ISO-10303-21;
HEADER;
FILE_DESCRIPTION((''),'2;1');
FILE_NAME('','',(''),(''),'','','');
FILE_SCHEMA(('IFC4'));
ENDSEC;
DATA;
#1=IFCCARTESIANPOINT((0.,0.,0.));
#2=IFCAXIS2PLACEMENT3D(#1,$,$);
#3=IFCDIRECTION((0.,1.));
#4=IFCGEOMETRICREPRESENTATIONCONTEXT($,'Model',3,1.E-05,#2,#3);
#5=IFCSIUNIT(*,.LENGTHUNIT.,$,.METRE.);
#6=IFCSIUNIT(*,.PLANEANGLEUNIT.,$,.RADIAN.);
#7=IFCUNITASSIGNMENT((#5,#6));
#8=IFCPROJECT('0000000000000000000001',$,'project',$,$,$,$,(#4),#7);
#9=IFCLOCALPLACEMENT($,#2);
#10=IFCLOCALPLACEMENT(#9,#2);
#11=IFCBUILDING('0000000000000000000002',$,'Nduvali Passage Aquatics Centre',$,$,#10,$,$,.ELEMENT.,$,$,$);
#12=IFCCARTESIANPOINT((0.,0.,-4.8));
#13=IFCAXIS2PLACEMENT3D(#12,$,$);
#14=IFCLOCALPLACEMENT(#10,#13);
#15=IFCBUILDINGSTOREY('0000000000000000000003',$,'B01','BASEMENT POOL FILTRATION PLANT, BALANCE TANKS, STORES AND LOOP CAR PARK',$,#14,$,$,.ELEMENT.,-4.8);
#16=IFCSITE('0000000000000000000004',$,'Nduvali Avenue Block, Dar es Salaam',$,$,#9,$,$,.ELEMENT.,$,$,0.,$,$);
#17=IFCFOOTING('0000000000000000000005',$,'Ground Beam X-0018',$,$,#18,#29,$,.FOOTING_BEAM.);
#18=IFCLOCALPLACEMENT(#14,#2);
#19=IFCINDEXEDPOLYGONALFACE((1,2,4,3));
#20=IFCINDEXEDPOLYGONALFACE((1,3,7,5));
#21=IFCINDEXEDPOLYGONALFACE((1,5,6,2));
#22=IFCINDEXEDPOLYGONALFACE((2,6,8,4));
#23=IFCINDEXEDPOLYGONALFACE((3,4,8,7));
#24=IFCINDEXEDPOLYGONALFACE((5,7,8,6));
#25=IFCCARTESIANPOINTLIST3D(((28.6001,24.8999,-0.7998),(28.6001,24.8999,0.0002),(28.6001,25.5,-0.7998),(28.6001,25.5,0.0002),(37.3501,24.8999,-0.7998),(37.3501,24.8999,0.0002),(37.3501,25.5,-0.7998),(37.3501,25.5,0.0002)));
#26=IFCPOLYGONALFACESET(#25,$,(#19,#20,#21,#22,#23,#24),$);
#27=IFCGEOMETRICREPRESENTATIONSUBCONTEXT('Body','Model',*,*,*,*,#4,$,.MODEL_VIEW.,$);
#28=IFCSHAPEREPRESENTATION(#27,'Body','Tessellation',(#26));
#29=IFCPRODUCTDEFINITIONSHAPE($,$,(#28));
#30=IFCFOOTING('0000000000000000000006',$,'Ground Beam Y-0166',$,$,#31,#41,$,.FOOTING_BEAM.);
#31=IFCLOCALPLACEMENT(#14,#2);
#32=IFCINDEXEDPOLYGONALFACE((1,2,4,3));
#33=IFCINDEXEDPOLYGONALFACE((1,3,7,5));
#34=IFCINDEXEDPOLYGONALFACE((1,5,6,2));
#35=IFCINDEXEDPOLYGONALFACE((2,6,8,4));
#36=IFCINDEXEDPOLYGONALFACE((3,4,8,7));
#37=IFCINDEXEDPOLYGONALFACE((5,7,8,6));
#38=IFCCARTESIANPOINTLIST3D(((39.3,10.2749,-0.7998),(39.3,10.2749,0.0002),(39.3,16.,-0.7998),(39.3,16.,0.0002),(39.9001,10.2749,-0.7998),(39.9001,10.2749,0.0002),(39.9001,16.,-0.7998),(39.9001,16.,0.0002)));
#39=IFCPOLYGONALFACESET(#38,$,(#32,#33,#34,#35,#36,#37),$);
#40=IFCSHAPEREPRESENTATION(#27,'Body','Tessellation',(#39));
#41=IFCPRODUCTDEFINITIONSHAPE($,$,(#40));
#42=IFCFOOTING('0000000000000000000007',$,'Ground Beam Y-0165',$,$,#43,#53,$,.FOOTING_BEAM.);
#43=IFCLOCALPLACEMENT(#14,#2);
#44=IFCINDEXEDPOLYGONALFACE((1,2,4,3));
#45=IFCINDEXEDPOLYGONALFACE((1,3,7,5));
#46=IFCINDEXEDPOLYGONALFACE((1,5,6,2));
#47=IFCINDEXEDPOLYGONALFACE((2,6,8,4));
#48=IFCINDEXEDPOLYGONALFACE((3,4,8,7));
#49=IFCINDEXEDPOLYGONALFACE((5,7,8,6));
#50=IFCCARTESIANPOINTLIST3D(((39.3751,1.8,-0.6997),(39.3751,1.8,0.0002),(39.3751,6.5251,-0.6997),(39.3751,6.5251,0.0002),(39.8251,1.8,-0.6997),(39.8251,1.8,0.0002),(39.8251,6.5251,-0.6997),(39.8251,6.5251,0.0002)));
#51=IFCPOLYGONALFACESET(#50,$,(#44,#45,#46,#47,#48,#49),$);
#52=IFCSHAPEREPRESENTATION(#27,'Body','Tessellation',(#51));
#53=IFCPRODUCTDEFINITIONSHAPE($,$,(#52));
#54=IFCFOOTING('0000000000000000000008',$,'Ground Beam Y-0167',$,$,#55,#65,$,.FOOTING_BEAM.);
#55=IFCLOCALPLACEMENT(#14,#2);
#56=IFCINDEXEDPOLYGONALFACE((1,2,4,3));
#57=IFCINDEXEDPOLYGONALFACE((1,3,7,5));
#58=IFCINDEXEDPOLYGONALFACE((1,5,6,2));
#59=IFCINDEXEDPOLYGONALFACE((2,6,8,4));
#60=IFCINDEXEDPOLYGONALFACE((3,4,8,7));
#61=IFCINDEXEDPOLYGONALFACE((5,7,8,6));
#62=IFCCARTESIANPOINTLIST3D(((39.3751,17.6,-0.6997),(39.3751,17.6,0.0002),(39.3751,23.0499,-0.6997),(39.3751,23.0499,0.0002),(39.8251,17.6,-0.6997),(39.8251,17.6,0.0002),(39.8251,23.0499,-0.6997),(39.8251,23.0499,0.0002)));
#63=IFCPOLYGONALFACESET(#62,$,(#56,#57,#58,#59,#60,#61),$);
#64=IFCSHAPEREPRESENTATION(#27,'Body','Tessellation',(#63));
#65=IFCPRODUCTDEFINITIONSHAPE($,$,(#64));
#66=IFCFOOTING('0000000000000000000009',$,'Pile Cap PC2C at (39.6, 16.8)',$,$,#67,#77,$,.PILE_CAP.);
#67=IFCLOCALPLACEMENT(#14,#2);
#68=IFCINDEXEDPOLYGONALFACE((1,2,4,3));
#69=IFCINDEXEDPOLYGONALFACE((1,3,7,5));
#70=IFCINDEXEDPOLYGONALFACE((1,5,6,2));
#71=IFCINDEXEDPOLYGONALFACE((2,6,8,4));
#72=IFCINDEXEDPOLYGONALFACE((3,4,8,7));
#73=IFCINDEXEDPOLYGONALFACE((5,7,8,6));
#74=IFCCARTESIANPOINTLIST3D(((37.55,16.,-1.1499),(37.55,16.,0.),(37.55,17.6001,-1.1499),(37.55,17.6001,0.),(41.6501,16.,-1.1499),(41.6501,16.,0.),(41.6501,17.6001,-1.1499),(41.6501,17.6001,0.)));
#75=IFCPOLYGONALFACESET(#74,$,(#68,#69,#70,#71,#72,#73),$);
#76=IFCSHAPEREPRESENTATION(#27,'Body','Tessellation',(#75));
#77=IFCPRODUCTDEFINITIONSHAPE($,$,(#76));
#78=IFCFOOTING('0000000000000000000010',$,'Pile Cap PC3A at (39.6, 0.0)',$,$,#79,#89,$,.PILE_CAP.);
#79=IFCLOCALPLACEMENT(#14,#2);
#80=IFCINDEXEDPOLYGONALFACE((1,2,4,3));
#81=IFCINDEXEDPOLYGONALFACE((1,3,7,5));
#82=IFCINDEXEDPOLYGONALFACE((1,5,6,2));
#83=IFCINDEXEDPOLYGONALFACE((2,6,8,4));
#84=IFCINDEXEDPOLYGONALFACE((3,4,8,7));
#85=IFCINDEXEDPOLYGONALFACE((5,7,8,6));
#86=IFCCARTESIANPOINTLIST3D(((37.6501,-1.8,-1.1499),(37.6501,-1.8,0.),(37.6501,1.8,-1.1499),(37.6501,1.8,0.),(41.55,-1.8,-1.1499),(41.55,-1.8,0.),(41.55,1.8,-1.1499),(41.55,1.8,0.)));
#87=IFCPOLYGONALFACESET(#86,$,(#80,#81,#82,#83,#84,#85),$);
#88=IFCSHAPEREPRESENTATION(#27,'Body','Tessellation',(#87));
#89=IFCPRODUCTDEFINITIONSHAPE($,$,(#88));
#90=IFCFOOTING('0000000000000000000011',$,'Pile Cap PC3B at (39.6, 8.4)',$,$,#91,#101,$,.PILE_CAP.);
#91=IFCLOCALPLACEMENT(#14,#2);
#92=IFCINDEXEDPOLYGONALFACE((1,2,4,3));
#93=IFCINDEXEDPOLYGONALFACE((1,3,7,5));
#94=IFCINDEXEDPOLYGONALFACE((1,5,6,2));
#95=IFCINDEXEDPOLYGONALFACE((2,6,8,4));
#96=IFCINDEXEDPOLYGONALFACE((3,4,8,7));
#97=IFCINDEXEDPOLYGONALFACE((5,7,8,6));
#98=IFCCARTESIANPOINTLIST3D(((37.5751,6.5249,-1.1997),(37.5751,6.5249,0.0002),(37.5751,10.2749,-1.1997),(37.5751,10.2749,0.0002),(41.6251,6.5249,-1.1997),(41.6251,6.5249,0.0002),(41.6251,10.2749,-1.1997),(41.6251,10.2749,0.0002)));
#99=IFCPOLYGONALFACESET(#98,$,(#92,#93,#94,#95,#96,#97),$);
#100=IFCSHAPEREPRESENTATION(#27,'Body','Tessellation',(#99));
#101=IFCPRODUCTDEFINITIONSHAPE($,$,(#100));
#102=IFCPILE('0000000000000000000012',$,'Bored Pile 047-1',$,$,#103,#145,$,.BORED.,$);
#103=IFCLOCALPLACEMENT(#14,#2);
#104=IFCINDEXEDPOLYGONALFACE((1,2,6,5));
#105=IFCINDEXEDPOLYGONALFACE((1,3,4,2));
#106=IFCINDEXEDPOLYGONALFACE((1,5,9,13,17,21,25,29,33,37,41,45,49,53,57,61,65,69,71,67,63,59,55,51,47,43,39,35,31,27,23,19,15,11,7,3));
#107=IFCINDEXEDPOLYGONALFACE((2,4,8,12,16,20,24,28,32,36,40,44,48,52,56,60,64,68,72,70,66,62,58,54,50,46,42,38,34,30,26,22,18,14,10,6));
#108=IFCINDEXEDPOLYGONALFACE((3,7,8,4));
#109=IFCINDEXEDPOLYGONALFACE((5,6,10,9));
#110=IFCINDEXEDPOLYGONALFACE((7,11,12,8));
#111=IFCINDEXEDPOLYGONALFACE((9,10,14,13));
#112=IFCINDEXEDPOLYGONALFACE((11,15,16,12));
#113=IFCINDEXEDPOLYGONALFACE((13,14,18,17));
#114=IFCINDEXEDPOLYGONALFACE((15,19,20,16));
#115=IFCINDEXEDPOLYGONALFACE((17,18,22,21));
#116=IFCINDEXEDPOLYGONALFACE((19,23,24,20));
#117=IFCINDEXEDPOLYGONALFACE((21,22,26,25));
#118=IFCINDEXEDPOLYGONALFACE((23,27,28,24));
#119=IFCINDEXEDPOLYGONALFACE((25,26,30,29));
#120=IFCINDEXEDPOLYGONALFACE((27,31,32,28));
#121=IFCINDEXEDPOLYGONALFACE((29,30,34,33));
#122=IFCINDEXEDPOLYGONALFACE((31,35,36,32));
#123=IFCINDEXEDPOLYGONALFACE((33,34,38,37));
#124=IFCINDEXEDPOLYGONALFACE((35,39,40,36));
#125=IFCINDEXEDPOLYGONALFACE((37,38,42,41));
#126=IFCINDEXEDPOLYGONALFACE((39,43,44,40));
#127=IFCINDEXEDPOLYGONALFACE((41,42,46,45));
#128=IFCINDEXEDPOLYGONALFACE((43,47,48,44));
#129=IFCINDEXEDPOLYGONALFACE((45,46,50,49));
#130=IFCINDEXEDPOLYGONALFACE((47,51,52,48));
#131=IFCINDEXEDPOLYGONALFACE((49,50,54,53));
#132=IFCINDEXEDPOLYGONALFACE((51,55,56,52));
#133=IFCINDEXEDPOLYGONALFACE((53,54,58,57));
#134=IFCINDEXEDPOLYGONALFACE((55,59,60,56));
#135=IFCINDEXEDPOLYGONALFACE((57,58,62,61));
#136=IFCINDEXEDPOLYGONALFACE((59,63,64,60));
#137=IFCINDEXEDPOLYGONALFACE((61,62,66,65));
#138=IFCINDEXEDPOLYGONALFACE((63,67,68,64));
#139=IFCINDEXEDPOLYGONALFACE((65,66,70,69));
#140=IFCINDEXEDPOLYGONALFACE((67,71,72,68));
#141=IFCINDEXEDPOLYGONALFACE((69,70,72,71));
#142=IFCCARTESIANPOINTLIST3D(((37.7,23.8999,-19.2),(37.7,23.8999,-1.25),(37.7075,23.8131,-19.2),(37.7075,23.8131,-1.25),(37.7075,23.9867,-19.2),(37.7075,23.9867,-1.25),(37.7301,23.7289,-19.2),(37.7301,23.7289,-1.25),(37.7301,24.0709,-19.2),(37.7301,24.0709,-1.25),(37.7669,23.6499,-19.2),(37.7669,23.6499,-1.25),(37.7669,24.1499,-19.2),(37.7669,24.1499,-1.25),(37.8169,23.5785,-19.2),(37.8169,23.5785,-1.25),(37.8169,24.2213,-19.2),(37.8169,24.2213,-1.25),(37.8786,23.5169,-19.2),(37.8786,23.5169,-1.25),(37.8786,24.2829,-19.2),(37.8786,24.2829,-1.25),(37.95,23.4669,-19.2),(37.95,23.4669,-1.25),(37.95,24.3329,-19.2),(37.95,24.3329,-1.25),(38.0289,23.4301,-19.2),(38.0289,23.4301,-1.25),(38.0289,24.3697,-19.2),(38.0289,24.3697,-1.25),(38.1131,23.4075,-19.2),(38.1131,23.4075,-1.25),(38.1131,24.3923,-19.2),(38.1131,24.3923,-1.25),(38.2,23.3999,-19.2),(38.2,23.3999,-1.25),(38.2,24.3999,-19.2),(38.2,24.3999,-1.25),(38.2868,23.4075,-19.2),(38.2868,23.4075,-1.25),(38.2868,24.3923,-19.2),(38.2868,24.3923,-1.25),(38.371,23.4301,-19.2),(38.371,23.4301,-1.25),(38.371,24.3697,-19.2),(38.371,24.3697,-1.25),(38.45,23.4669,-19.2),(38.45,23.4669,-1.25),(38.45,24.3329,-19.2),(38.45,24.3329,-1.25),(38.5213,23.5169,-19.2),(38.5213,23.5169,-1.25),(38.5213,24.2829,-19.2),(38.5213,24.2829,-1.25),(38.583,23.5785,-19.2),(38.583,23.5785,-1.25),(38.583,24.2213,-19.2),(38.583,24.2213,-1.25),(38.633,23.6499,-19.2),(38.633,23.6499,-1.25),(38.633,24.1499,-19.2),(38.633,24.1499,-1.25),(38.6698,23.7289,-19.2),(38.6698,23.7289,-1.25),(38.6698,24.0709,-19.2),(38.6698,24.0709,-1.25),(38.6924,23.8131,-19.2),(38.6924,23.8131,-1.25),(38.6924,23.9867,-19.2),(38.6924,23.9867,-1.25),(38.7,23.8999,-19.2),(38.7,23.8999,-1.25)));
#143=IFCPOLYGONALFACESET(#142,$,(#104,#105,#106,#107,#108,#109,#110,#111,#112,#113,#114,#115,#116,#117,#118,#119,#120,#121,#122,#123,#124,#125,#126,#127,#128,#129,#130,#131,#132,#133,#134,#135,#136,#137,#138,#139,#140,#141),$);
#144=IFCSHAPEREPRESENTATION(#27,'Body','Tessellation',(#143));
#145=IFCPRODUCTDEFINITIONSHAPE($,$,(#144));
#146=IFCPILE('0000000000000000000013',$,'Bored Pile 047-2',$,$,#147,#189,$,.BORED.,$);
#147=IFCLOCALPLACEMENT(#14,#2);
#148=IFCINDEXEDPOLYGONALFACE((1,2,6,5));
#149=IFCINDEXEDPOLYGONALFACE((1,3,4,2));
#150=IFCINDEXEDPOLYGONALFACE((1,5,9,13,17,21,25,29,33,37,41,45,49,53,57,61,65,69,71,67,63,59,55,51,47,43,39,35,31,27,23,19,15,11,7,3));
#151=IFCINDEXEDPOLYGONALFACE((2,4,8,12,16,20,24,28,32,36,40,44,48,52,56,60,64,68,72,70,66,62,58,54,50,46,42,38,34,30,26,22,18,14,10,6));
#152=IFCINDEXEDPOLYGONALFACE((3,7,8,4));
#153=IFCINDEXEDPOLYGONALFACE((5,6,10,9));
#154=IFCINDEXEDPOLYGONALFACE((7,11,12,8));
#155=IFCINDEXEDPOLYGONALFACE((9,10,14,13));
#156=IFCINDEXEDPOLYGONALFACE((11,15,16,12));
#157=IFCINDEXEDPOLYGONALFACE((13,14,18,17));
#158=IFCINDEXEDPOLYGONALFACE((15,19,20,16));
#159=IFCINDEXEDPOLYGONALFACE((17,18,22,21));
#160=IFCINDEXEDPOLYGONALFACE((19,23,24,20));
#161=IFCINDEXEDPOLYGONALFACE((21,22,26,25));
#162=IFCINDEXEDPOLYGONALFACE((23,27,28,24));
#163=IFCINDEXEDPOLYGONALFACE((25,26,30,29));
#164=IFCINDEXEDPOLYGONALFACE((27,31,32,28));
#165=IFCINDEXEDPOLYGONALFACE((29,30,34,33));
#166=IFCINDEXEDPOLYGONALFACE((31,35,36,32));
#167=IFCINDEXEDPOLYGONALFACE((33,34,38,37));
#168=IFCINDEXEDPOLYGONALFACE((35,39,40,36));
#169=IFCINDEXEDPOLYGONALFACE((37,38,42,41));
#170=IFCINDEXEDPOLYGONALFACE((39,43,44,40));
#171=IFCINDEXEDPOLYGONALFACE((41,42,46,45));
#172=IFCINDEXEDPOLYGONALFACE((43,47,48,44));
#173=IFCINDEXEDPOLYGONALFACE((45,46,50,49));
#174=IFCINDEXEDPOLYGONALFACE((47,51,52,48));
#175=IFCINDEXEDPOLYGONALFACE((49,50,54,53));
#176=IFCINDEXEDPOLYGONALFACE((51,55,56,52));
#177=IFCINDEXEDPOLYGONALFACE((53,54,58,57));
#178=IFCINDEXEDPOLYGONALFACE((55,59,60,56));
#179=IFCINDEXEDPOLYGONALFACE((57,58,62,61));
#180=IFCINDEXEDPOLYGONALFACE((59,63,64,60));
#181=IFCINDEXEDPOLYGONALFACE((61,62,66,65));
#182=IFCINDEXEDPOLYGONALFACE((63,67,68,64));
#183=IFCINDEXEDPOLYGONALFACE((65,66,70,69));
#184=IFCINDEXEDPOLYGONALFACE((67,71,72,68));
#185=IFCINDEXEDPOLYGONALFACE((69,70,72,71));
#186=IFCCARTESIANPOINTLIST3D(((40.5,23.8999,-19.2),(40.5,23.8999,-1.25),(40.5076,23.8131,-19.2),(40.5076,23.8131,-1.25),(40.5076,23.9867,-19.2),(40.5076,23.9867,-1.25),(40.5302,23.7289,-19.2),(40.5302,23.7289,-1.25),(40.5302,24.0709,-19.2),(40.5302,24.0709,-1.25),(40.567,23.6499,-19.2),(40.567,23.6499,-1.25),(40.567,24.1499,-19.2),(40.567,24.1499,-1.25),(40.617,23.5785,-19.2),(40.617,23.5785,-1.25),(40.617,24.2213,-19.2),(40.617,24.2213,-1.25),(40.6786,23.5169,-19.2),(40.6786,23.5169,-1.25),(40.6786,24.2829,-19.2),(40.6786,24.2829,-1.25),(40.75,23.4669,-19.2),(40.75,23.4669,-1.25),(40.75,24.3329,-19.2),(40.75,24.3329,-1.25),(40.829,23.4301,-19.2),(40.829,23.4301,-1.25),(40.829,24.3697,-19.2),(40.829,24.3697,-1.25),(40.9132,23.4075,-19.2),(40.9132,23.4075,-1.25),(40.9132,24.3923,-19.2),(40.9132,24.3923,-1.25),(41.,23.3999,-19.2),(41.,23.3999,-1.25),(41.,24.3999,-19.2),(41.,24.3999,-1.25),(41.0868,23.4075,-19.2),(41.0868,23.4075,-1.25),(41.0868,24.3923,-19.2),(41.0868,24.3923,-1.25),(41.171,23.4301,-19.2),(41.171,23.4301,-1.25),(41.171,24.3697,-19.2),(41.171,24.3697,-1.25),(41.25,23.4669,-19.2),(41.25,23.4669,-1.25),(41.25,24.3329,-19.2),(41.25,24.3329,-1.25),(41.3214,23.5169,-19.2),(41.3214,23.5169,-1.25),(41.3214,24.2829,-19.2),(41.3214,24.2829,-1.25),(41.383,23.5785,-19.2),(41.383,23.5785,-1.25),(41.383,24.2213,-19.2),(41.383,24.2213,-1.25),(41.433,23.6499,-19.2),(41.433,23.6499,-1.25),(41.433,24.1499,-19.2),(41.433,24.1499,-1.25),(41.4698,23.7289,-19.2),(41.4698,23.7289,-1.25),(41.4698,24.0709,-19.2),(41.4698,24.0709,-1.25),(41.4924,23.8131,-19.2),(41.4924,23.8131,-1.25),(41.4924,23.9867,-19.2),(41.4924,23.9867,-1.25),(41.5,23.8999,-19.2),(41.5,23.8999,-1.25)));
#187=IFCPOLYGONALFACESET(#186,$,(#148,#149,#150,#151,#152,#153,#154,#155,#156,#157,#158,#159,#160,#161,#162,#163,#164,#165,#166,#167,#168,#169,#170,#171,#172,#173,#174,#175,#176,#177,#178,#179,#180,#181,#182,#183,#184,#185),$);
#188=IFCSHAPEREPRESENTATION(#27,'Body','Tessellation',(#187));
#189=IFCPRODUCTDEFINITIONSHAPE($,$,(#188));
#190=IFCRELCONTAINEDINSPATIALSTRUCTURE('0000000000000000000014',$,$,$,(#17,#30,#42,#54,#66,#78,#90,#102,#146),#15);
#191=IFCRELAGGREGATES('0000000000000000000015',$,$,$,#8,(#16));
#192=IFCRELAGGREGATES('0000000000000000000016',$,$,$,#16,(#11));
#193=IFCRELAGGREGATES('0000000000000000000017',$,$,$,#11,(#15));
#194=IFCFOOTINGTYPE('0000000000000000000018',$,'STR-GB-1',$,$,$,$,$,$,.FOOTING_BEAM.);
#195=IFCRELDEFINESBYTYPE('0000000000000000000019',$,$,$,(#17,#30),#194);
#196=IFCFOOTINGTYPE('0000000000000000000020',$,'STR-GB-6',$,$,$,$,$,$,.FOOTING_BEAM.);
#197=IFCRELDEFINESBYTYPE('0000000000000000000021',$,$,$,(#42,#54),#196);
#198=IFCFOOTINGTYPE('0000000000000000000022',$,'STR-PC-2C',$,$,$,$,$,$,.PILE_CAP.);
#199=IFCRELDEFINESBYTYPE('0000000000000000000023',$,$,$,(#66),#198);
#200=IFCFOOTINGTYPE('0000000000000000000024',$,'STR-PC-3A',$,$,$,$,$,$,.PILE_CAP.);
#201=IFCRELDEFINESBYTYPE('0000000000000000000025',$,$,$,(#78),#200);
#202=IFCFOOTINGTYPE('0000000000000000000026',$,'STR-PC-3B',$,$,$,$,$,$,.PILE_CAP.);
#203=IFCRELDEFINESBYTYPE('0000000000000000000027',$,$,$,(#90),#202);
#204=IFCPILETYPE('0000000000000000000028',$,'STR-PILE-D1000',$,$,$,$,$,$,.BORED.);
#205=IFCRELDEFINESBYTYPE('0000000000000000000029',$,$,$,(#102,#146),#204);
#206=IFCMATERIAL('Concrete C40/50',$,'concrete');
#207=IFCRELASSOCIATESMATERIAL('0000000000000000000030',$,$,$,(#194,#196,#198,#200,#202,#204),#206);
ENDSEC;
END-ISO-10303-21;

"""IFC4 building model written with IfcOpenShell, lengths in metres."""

from ifc_helpers import new_model, si_unit, direction, frame, origin, origin_2d, place, context, subcontext, project, spatial, rectangle, circle, extrude, material, material_profile, profile_set, type_object, element, save


model = new_model("IFC4")

# Units and contexts
model_context = context("Model", 3, precision=1e-05, world=origin(), true_north=direction((0.0, 1.0)))
body_context = subcontext(model_context, "Body", "Model", "MODEL_VIEW")
ifc_project = project(units=[si_unit("LENGTHUNIT", "METRE"), si_unit("PLANEANGLEUNIT", "RADIAN")], contexts=[model_context])

# Site, building, storey
site_placement = place(None, origin())
site = spatial("IfcSite", under=ifc_project, at=site_placement, Name="Nduvali Avenue Block, Dar es Salaam", CompositionType="ELEMENT", RefElevation=0.0)
building_placement = place(site_placement, origin())
building = spatial("IfcBuilding", under=site, at=building_placement, Name="Nduvali Passage Aquatics Centre", CompositionType="ELEMENT")
storey_placement = place(building_placement, frame((0.0, 0.0, -4.8)))
storey = spatial("IfcBuildingStorey", under=building, at=storey_placement, Name="B01", Description="BASEMENT POOL FILTRATION PLANT, BALANCE TANKS, STORES AND LOOP CAR PARK", CompositionType="ELEMENT", Elevation=-4.8)

# Footings
ifc_material = material(Name="Concrete C40/50", Category="concrete")
footing_type_1 = type_object("IfcFootingType", Name="STR-GB-1", PredefinedType="FOOTING_BEAM", material=ifc_material)
footing_1_placement = place(storey_placement, frame((32.9751, 25.2, -0.7998), z_axis=(0.0, 0.0, 1.0), x_axis=(1.0, 0.0, 0.0)))
element("IfcFooting", 1, at=footing_1_placement, inside=storey, type_object=footing_type_1, Name="Ground Beam X-0018", PredefinedType="FOOTING_BEAM", context=body_context, shape_type="SweptSolid", body=[
    extrude(rectangle(XDim=8.75, YDim=0.6001, at=origin_2d()), origin(), (0.0, 0.0, 1.0), 0.8),
])
footing_2_placement = place(storey_placement, frame((39.6001, 13.1375, -0.7998), z_axis=(0.0, 0.0, 1.0), x_axis=(0.0, 1.0, 0.0)))
element("IfcFooting", 2, at=footing_2_placement, inside=storey, type_object=footing_type_1, Name="Ground Beam Y-0166", PredefinedType="FOOTING_BEAM", context=body_context, shape_type="SweptSolid", body=[
    extrude(rectangle(XDim=5.7251, YDim=0.6001, at=origin_2d()), origin(), (0.0, 0.0, 1.0), 0.8),
])
footing_type_2 = type_object("IfcFootingType", Name="STR-GB-6", PredefinedType="FOOTING_BEAM", material=ifc_material)
footing_3_placement = place(storey_placement, frame((39.6001, 4.1626, -0.6997), z_axis=(0.0, 0.0, 1.0), x_axis=(0.0, 1.0, 0.0)))
element("IfcFooting", 3, at=footing_3_placement, inside=storey, type_object=footing_type_2, Name="Ground Beam Y-0165", PredefinedType="FOOTING_BEAM", context=body_context, shape_type="SweptSolid", body=[
    extrude(rectangle(XDim=4.7251, YDim=0.45, at=origin_2d()), origin(), (0.0, 0.0, 1.0), 0.7),
])
footing_4_placement = place(storey_placement, frame((39.6001, 20.325, -0.6997), z_axis=(0.0, 0.0, 1.0), x_axis=(0.0, 1.0, 0.0)))
element("IfcFooting", 4, at=footing_4_placement, inside=storey, type_object=footing_type_2, Name="Ground Beam Y-0167", PredefinedType="FOOTING_BEAM", context=body_context, shape_type="SweptSolid", body=[
    extrude(rectangle(XDim=5.45, YDim=0.45, at=origin_2d()), origin(), (0.0, 0.0, 1.0), 0.7),
])
footing_type_3 = type_object("IfcFootingType", Name="STR-PC-2C", PredefinedType="PILE_CAP", material=ifc_material)
footing_5_placement = place(storey_placement, frame((39.6001, 16.8, -1.1499), z_axis=(0.0, 0.0, 1.0), x_axis=(1.0, 0.0, 0.0)))
element("IfcFooting", 5, at=footing_5_placement, inside=storey, type_object=footing_type_3, Name="Pile Cap PC2C at (39.6, 16.8)", PredefinedType="PILE_CAP", context=body_context, shape_type="SweptSolid", body=[
    extrude(rectangle(XDim=4.1001, YDim=1.6001, at=origin_2d()), origin(), (0.0, 0.0, 1.0), 1.1499),
])
footing_type_4 = type_object("IfcFootingType", Name="STR-PC-3A", PredefinedType="PILE_CAP", material=ifc_material)
footing_6_placement = place(storey_placement, frame((39.6001, 0.0, -1.1499), z_axis=(0.0, 0.0, 1.0), x_axis=(1.0, 0.0, 0.0)))
element("IfcFooting", 6, at=footing_6_placement, inside=storey, type_object=footing_type_4, Name="Pile Cap PC3A at (39.6, 0.0)", PredefinedType="PILE_CAP", context=body_context, shape_type="SweptSolid", body=[
    extrude(rectangle(XDim=3.8999, YDim=3.6001, at=origin_2d()), origin(), (0.0, 0.0, 1.0), 1.1499),
])
footing_type_5 = type_object("IfcFootingType", Name="STR-PC-3B", PredefinedType="PILE_CAP", material=ifc_material)
footing_7_placement = place(storey_placement, frame((39.6001, 8.3999, -1.1997), z_axis=(0.0, 0.0, 1.0), x_axis=(1.0, 0.0, 0.0)))
element("IfcFooting", 7, at=footing_7_placement, inside=storey, type_object=footing_type_5, Name="Pile Cap PC3B at (39.6, 8.4)", PredefinedType="PILE_CAP", context=body_context, shape_type="SweptSolid", body=[
    extrude(rectangle(XDim=4.05, YDim=3.75, at=origin_2d()), origin(), (0.0, 0.0, 1.0), 1.2),
])

# Piles
ifc_material_profile_1 = material_profile(ifc_material, circle(Radius=0.5, at=origin_2d()), Name="PILE D1000")
ifc_profile_set_1 = profile_set([ifc_material_profile_1], Name="Concrete C40/50")
pile_type_1 = type_object("IfcPileType", Name="STR-PILE-D1000", PredefinedType="BORED", material=ifc_profile_set_1)
for number, where, z_axis, x_axis, name in (
    (8, (38.2, 23.8999, -1.25), (0.0, 0.0, -1.0), (1.0, 0.0, 0.0), "Bored Pile 047-1"),
    (9, (41.0, 23.8999, -1.25), (0.0, 0.0, -1.0), (1.0, 0.0, 0.0), "Bored Pile 047-2"),
):
    element("IfcPile", number, at=place(storey_placement, frame(where, z_axis=z_axis, x_axis=x_axis)), inside=storey, type_object=pile_type_1, Name=name, PredefinedType="BORED", context=body_context, shape_type="SweptSolid", body=[
        extrude(circle(Radius=0.5, at=origin_2d()), origin(), (0.0, 0.0, 1.0), 17.95),
    ])

save(model, "model.ifc")
